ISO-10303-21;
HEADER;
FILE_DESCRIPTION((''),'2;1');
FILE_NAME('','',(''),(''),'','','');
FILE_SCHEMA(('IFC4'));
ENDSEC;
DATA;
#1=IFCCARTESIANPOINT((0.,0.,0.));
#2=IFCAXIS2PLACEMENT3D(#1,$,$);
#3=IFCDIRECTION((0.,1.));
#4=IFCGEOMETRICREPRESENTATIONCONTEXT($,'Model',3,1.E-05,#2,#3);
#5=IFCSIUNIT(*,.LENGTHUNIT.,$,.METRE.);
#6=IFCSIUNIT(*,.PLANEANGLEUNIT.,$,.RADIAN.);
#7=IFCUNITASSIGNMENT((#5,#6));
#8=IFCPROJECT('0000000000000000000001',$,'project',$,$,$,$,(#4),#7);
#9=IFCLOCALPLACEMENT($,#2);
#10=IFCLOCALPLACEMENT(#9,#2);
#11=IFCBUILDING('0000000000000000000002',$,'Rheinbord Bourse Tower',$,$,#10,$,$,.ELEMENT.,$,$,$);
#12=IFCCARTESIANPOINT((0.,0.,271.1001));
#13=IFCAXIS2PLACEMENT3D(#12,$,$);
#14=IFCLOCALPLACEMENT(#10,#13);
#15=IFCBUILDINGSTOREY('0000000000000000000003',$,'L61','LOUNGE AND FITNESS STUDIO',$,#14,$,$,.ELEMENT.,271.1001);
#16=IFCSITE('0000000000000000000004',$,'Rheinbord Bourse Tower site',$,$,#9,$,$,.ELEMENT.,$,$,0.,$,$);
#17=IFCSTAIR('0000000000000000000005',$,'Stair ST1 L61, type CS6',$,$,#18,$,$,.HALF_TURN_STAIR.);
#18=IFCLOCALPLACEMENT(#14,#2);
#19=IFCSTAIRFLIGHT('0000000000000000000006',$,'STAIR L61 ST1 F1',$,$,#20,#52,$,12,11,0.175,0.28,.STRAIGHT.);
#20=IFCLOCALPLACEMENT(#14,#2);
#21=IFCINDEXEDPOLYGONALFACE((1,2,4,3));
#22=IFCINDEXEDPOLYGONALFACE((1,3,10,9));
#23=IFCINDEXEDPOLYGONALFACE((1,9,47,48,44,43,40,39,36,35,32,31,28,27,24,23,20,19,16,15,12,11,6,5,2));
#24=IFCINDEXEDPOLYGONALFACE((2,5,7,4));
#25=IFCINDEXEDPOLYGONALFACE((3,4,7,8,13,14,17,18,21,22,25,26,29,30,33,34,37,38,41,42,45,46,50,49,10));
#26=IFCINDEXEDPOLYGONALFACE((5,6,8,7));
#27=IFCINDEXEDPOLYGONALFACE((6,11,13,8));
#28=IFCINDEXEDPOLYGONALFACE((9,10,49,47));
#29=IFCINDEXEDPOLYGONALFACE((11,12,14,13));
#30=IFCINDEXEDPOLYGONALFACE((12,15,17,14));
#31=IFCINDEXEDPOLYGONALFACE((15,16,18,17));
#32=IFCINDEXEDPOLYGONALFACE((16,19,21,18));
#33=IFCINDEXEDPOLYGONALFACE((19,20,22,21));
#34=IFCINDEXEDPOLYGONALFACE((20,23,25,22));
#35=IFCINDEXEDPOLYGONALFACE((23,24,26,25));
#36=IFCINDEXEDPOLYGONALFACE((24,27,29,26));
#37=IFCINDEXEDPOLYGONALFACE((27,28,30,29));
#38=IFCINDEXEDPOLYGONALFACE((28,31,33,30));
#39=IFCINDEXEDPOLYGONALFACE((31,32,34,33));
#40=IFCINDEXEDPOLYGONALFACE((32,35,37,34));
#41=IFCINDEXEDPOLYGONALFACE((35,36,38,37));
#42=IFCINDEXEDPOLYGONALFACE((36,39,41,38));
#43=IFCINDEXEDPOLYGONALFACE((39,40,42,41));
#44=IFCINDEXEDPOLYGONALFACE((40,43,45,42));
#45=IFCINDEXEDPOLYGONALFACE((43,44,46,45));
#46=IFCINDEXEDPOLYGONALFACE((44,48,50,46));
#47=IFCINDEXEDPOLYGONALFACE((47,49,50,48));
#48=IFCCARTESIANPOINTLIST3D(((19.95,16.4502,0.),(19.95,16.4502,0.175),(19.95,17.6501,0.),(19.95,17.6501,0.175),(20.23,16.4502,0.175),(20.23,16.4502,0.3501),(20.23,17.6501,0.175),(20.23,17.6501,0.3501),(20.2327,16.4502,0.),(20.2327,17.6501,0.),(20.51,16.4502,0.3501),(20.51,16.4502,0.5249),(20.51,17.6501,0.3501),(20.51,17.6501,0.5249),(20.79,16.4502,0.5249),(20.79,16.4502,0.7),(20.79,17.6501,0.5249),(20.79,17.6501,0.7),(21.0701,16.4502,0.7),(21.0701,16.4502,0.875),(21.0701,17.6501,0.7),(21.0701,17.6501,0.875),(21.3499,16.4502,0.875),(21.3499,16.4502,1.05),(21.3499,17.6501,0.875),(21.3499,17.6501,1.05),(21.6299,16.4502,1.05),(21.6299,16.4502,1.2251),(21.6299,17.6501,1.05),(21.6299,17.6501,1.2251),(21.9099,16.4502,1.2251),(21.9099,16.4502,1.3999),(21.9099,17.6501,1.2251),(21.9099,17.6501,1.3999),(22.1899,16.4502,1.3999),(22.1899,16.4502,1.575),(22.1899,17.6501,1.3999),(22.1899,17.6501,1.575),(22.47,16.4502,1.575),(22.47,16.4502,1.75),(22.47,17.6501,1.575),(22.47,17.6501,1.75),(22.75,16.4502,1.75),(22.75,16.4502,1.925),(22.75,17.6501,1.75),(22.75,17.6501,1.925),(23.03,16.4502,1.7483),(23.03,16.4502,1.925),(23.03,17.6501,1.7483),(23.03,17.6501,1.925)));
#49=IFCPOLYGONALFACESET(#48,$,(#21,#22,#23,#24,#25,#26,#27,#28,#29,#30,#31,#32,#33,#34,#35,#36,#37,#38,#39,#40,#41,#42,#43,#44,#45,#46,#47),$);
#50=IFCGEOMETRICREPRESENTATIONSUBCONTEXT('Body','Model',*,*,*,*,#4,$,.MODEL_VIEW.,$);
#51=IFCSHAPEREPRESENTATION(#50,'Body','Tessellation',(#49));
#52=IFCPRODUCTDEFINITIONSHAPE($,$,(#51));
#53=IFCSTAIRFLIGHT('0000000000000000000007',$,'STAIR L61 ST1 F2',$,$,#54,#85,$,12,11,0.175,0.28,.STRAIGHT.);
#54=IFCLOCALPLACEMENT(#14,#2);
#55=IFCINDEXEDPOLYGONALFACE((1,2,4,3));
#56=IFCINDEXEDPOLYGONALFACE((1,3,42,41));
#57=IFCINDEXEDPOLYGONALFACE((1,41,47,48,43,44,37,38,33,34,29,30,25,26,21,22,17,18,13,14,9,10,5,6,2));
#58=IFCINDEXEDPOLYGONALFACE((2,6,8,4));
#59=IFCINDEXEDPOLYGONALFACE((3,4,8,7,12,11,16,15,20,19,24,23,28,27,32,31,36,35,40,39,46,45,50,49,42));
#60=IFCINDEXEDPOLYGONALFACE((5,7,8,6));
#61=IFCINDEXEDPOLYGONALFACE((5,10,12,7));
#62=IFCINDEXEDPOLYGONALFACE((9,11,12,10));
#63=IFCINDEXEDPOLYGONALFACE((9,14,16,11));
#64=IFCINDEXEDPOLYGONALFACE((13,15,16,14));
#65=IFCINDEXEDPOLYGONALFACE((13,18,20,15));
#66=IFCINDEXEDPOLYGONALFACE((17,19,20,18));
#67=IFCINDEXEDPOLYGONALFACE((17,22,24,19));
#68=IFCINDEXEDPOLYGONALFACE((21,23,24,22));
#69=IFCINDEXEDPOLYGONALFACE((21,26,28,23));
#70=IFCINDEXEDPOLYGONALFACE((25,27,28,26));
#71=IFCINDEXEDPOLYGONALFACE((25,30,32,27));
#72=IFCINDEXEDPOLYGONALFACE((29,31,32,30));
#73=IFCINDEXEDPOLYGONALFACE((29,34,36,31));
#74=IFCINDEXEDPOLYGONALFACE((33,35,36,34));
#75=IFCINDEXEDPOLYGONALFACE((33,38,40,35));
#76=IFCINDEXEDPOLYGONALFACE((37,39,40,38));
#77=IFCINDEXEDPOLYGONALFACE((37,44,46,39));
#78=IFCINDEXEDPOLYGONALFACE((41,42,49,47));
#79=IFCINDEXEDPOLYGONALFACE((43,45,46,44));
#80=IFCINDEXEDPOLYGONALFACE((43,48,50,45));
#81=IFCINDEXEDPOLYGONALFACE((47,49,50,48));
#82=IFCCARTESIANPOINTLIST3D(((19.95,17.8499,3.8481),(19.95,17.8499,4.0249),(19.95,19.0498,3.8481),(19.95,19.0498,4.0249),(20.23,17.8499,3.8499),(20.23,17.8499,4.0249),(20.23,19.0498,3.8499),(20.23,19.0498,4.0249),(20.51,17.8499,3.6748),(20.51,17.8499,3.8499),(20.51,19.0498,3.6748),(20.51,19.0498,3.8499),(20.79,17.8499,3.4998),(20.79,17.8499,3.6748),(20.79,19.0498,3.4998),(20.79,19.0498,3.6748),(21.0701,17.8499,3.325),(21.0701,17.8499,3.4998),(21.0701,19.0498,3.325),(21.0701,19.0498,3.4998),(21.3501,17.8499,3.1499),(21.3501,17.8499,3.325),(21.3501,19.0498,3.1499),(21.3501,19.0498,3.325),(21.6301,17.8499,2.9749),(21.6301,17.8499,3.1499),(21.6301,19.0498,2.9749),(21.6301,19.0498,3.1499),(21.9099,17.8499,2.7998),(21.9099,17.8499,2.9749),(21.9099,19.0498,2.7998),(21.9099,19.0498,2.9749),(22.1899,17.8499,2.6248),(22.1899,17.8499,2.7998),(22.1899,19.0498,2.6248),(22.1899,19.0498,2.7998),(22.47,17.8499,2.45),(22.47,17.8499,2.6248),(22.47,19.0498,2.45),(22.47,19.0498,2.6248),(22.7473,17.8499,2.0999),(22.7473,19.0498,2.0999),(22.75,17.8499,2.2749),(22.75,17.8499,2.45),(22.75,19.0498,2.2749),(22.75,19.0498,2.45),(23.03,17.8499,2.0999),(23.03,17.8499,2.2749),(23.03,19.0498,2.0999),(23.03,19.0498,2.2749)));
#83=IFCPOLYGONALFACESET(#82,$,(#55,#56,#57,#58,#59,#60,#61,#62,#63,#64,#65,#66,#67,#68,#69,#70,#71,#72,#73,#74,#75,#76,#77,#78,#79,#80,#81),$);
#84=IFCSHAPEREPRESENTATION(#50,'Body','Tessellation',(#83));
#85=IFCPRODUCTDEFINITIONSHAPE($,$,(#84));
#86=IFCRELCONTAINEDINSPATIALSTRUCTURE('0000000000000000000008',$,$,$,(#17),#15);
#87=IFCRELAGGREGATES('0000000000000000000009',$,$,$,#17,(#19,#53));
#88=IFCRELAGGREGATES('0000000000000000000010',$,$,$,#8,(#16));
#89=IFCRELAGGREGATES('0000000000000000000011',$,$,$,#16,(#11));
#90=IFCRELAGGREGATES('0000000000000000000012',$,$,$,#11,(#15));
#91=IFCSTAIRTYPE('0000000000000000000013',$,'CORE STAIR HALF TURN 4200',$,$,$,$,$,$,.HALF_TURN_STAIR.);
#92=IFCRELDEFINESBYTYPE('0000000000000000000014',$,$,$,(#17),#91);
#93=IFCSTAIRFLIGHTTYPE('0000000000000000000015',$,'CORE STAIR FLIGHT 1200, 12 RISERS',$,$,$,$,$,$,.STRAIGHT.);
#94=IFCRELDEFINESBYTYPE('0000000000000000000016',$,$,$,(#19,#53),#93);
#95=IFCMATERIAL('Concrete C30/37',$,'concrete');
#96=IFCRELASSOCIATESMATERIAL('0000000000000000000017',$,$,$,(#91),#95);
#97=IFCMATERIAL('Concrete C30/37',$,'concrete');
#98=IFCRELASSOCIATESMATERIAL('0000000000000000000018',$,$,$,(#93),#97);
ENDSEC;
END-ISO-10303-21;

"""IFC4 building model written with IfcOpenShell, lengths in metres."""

from ifc_helpers import new_model, si_unit, direction, frame, origin, place, context, subcontext, project, spatial, polyline, outline, extrude, material, type_object, element, aggregate, save


model = new_model("IFC4")

# Units and contexts
model_context = context("Model", 3, precision=1e-05, world=origin(), true_north=direction((0.0, 1.0)))
body_context = subcontext(model_context, "Body", "Model", "MODEL_VIEW")
ifc_project = project(units=[si_unit("LENGTHUNIT", "METRE"), si_unit("PLANEANGLEUNIT", "RADIAN")], contexts=[model_context])

# Site, building, storey
site_placement = place(None, origin())
site = spatial("IfcSite", under=ifc_project, at=site_placement, Name="Rheinbord Bourse Tower site", CompositionType="ELEMENT", RefElevation=0.0)
building_placement = place(site_placement, origin())
building = spatial("IfcBuilding", under=site, at=building_placement, Name="Rheinbord Bourse Tower", CompositionType="ELEMENT")
storey_placement = place(building_placement, frame((0.0, 0.0, 271.1001)))
storey = spatial("IfcBuildingStorey", under=building, at=storey_placement, Name="L61", Description="LOUNGE AND FITNESS STUDIO", CompositionType="ELEMENT", Elevation=271.1001)

# Stair, stair flights
ifc_material_1 = material(Name="Concrete C30/37", Category="concrete")
stair_type = type_object("IfcStairType", Name="CORE STAIR HALF TURN 4200", PredefinedType="HALF_TURN_STAIR", material=ifc_material_1)
stair_placement = place(storey_placement, origin())
stair = element("IfcStair", 1, at=stair_placement, inside=storey, type_object=stair_type, Name="Stair ST1 L61, type CS6", PredefinedType="HALF_TURN_STAIR")
ifc_material_2 = material(Name="Concrete C30/37", Category="concrete")
stair_flight_type = type_object("IfcStairFlightType", Name="CORE STAIR FLIGHT 1200, 12 RISERS", PredefinedType="STRAIGHT", material=ifc_material_2)
stair_flight_1_placement = place(storey_placement, frame((19.95, 17.05, 0.0), z_axis=(0.0, 0.0, 1.0), x_axis=(1.0, 0.0, 0.0)))
stair_flight_1 = element("IfcStairFlight", 2, at=stair_flight_1_placement, type_object=stair_flight_type, Name="STAIR L61 ST1 F1", NumberOfRisers=12, NumberOfTreads=11, PredefinedType="STRAIGHT", RiserHeight=0.175, TreadLength=0.28, context=body_context, shape_type="SweptSolid", body=[
    extrude(outline(polyline([(0.0, 0.0), (0.0, 0.175), (0.28, 0.175), (0.28, 0.3501), (0.5601, 0.3501), (0.5601, 0.5249), (0.8401, 0.5249), (0.8401, 0.7), (1.1201, 0.7), (1.1201, 0.875), (1.3999, 0.875), (1.3999, 1.05), (1.6799, 1.05), (1.6799, 1.2251), (1.96, 1.2251), (1.96, 1.3999), (2.24, 1.3999), (2.24, 1.575), (2.52, 1.575), (2.52, 1.75), (2.8, 1.75), (2.8, 1.925), (3.0801, 1.925), (3.0801, 2.1001), (3.0801, 1.7483), (0.2827, 0.0), (0.0, 0.0)])), frame((0.0, 0.6001, 0.0), z_axis=(0.0, -1.0, 0.0), x_axis=(1.0, 0.0, 0.0)), (0.0, 0.0, 1.0), 1.2),
])
stair_flight_2_placement = place(storey_placement, frame((23.03, 18.45, 2.0999), z_axis=(0.0, 0.0, 1.0), x_axis=(-1.0, 0.0, 0.0)))
stair_flight_2 = element("IfcStairFlight", 3, at=stair_flight_2_placement, type_object=stair_flight_type, Name="STAIR L61 ST1 F2", NumberOfRisers=12, NumberOfTreads=11, PredefinedType="STRAIGHT", RiserHeight=0.175, TreadLength=0.28, context=body_context, shape_type="SweptSolid", body=[
    extrude(outline(polyline([(0.0, 0.0), (0.0, 0.175), (0.28, 0.175), (0.28, 0.3501), (0.5601, 0.3501), (0.5601, 0.5249), (0.8401, 0.5249), (0.8401, 0.7), (1.1201, 0.7), (1.1201, 0.875), (1.3999, 0.875), (1.3999, 1.05), (1.6799, 1.05), (1.6799, 1.2251), (1.96, 1.2251), (1.96, 1.3999), (2.24, 1.3999), (2.24, 1.575), (2.52, 1.575), (2.52, 1.75), (2.8, 1.75), (2.8, 1.925), (3.0801, 1.925), (3.0801, 2.1001), (3.0801, 1.7483), (0.2827, 0.0), (0.0, 0.0)])), frame((0.0, 0.6001, 0.0), z_axis=(0.0, -1.0, 0.0), x_axis=(1.0, 0.0, 0.0)), (0.0, 0.0, 1.0), 1.2),
])
aggregate(stair, [stair_flight_1, stair_flight_2])

save(model, "model.ifc")
